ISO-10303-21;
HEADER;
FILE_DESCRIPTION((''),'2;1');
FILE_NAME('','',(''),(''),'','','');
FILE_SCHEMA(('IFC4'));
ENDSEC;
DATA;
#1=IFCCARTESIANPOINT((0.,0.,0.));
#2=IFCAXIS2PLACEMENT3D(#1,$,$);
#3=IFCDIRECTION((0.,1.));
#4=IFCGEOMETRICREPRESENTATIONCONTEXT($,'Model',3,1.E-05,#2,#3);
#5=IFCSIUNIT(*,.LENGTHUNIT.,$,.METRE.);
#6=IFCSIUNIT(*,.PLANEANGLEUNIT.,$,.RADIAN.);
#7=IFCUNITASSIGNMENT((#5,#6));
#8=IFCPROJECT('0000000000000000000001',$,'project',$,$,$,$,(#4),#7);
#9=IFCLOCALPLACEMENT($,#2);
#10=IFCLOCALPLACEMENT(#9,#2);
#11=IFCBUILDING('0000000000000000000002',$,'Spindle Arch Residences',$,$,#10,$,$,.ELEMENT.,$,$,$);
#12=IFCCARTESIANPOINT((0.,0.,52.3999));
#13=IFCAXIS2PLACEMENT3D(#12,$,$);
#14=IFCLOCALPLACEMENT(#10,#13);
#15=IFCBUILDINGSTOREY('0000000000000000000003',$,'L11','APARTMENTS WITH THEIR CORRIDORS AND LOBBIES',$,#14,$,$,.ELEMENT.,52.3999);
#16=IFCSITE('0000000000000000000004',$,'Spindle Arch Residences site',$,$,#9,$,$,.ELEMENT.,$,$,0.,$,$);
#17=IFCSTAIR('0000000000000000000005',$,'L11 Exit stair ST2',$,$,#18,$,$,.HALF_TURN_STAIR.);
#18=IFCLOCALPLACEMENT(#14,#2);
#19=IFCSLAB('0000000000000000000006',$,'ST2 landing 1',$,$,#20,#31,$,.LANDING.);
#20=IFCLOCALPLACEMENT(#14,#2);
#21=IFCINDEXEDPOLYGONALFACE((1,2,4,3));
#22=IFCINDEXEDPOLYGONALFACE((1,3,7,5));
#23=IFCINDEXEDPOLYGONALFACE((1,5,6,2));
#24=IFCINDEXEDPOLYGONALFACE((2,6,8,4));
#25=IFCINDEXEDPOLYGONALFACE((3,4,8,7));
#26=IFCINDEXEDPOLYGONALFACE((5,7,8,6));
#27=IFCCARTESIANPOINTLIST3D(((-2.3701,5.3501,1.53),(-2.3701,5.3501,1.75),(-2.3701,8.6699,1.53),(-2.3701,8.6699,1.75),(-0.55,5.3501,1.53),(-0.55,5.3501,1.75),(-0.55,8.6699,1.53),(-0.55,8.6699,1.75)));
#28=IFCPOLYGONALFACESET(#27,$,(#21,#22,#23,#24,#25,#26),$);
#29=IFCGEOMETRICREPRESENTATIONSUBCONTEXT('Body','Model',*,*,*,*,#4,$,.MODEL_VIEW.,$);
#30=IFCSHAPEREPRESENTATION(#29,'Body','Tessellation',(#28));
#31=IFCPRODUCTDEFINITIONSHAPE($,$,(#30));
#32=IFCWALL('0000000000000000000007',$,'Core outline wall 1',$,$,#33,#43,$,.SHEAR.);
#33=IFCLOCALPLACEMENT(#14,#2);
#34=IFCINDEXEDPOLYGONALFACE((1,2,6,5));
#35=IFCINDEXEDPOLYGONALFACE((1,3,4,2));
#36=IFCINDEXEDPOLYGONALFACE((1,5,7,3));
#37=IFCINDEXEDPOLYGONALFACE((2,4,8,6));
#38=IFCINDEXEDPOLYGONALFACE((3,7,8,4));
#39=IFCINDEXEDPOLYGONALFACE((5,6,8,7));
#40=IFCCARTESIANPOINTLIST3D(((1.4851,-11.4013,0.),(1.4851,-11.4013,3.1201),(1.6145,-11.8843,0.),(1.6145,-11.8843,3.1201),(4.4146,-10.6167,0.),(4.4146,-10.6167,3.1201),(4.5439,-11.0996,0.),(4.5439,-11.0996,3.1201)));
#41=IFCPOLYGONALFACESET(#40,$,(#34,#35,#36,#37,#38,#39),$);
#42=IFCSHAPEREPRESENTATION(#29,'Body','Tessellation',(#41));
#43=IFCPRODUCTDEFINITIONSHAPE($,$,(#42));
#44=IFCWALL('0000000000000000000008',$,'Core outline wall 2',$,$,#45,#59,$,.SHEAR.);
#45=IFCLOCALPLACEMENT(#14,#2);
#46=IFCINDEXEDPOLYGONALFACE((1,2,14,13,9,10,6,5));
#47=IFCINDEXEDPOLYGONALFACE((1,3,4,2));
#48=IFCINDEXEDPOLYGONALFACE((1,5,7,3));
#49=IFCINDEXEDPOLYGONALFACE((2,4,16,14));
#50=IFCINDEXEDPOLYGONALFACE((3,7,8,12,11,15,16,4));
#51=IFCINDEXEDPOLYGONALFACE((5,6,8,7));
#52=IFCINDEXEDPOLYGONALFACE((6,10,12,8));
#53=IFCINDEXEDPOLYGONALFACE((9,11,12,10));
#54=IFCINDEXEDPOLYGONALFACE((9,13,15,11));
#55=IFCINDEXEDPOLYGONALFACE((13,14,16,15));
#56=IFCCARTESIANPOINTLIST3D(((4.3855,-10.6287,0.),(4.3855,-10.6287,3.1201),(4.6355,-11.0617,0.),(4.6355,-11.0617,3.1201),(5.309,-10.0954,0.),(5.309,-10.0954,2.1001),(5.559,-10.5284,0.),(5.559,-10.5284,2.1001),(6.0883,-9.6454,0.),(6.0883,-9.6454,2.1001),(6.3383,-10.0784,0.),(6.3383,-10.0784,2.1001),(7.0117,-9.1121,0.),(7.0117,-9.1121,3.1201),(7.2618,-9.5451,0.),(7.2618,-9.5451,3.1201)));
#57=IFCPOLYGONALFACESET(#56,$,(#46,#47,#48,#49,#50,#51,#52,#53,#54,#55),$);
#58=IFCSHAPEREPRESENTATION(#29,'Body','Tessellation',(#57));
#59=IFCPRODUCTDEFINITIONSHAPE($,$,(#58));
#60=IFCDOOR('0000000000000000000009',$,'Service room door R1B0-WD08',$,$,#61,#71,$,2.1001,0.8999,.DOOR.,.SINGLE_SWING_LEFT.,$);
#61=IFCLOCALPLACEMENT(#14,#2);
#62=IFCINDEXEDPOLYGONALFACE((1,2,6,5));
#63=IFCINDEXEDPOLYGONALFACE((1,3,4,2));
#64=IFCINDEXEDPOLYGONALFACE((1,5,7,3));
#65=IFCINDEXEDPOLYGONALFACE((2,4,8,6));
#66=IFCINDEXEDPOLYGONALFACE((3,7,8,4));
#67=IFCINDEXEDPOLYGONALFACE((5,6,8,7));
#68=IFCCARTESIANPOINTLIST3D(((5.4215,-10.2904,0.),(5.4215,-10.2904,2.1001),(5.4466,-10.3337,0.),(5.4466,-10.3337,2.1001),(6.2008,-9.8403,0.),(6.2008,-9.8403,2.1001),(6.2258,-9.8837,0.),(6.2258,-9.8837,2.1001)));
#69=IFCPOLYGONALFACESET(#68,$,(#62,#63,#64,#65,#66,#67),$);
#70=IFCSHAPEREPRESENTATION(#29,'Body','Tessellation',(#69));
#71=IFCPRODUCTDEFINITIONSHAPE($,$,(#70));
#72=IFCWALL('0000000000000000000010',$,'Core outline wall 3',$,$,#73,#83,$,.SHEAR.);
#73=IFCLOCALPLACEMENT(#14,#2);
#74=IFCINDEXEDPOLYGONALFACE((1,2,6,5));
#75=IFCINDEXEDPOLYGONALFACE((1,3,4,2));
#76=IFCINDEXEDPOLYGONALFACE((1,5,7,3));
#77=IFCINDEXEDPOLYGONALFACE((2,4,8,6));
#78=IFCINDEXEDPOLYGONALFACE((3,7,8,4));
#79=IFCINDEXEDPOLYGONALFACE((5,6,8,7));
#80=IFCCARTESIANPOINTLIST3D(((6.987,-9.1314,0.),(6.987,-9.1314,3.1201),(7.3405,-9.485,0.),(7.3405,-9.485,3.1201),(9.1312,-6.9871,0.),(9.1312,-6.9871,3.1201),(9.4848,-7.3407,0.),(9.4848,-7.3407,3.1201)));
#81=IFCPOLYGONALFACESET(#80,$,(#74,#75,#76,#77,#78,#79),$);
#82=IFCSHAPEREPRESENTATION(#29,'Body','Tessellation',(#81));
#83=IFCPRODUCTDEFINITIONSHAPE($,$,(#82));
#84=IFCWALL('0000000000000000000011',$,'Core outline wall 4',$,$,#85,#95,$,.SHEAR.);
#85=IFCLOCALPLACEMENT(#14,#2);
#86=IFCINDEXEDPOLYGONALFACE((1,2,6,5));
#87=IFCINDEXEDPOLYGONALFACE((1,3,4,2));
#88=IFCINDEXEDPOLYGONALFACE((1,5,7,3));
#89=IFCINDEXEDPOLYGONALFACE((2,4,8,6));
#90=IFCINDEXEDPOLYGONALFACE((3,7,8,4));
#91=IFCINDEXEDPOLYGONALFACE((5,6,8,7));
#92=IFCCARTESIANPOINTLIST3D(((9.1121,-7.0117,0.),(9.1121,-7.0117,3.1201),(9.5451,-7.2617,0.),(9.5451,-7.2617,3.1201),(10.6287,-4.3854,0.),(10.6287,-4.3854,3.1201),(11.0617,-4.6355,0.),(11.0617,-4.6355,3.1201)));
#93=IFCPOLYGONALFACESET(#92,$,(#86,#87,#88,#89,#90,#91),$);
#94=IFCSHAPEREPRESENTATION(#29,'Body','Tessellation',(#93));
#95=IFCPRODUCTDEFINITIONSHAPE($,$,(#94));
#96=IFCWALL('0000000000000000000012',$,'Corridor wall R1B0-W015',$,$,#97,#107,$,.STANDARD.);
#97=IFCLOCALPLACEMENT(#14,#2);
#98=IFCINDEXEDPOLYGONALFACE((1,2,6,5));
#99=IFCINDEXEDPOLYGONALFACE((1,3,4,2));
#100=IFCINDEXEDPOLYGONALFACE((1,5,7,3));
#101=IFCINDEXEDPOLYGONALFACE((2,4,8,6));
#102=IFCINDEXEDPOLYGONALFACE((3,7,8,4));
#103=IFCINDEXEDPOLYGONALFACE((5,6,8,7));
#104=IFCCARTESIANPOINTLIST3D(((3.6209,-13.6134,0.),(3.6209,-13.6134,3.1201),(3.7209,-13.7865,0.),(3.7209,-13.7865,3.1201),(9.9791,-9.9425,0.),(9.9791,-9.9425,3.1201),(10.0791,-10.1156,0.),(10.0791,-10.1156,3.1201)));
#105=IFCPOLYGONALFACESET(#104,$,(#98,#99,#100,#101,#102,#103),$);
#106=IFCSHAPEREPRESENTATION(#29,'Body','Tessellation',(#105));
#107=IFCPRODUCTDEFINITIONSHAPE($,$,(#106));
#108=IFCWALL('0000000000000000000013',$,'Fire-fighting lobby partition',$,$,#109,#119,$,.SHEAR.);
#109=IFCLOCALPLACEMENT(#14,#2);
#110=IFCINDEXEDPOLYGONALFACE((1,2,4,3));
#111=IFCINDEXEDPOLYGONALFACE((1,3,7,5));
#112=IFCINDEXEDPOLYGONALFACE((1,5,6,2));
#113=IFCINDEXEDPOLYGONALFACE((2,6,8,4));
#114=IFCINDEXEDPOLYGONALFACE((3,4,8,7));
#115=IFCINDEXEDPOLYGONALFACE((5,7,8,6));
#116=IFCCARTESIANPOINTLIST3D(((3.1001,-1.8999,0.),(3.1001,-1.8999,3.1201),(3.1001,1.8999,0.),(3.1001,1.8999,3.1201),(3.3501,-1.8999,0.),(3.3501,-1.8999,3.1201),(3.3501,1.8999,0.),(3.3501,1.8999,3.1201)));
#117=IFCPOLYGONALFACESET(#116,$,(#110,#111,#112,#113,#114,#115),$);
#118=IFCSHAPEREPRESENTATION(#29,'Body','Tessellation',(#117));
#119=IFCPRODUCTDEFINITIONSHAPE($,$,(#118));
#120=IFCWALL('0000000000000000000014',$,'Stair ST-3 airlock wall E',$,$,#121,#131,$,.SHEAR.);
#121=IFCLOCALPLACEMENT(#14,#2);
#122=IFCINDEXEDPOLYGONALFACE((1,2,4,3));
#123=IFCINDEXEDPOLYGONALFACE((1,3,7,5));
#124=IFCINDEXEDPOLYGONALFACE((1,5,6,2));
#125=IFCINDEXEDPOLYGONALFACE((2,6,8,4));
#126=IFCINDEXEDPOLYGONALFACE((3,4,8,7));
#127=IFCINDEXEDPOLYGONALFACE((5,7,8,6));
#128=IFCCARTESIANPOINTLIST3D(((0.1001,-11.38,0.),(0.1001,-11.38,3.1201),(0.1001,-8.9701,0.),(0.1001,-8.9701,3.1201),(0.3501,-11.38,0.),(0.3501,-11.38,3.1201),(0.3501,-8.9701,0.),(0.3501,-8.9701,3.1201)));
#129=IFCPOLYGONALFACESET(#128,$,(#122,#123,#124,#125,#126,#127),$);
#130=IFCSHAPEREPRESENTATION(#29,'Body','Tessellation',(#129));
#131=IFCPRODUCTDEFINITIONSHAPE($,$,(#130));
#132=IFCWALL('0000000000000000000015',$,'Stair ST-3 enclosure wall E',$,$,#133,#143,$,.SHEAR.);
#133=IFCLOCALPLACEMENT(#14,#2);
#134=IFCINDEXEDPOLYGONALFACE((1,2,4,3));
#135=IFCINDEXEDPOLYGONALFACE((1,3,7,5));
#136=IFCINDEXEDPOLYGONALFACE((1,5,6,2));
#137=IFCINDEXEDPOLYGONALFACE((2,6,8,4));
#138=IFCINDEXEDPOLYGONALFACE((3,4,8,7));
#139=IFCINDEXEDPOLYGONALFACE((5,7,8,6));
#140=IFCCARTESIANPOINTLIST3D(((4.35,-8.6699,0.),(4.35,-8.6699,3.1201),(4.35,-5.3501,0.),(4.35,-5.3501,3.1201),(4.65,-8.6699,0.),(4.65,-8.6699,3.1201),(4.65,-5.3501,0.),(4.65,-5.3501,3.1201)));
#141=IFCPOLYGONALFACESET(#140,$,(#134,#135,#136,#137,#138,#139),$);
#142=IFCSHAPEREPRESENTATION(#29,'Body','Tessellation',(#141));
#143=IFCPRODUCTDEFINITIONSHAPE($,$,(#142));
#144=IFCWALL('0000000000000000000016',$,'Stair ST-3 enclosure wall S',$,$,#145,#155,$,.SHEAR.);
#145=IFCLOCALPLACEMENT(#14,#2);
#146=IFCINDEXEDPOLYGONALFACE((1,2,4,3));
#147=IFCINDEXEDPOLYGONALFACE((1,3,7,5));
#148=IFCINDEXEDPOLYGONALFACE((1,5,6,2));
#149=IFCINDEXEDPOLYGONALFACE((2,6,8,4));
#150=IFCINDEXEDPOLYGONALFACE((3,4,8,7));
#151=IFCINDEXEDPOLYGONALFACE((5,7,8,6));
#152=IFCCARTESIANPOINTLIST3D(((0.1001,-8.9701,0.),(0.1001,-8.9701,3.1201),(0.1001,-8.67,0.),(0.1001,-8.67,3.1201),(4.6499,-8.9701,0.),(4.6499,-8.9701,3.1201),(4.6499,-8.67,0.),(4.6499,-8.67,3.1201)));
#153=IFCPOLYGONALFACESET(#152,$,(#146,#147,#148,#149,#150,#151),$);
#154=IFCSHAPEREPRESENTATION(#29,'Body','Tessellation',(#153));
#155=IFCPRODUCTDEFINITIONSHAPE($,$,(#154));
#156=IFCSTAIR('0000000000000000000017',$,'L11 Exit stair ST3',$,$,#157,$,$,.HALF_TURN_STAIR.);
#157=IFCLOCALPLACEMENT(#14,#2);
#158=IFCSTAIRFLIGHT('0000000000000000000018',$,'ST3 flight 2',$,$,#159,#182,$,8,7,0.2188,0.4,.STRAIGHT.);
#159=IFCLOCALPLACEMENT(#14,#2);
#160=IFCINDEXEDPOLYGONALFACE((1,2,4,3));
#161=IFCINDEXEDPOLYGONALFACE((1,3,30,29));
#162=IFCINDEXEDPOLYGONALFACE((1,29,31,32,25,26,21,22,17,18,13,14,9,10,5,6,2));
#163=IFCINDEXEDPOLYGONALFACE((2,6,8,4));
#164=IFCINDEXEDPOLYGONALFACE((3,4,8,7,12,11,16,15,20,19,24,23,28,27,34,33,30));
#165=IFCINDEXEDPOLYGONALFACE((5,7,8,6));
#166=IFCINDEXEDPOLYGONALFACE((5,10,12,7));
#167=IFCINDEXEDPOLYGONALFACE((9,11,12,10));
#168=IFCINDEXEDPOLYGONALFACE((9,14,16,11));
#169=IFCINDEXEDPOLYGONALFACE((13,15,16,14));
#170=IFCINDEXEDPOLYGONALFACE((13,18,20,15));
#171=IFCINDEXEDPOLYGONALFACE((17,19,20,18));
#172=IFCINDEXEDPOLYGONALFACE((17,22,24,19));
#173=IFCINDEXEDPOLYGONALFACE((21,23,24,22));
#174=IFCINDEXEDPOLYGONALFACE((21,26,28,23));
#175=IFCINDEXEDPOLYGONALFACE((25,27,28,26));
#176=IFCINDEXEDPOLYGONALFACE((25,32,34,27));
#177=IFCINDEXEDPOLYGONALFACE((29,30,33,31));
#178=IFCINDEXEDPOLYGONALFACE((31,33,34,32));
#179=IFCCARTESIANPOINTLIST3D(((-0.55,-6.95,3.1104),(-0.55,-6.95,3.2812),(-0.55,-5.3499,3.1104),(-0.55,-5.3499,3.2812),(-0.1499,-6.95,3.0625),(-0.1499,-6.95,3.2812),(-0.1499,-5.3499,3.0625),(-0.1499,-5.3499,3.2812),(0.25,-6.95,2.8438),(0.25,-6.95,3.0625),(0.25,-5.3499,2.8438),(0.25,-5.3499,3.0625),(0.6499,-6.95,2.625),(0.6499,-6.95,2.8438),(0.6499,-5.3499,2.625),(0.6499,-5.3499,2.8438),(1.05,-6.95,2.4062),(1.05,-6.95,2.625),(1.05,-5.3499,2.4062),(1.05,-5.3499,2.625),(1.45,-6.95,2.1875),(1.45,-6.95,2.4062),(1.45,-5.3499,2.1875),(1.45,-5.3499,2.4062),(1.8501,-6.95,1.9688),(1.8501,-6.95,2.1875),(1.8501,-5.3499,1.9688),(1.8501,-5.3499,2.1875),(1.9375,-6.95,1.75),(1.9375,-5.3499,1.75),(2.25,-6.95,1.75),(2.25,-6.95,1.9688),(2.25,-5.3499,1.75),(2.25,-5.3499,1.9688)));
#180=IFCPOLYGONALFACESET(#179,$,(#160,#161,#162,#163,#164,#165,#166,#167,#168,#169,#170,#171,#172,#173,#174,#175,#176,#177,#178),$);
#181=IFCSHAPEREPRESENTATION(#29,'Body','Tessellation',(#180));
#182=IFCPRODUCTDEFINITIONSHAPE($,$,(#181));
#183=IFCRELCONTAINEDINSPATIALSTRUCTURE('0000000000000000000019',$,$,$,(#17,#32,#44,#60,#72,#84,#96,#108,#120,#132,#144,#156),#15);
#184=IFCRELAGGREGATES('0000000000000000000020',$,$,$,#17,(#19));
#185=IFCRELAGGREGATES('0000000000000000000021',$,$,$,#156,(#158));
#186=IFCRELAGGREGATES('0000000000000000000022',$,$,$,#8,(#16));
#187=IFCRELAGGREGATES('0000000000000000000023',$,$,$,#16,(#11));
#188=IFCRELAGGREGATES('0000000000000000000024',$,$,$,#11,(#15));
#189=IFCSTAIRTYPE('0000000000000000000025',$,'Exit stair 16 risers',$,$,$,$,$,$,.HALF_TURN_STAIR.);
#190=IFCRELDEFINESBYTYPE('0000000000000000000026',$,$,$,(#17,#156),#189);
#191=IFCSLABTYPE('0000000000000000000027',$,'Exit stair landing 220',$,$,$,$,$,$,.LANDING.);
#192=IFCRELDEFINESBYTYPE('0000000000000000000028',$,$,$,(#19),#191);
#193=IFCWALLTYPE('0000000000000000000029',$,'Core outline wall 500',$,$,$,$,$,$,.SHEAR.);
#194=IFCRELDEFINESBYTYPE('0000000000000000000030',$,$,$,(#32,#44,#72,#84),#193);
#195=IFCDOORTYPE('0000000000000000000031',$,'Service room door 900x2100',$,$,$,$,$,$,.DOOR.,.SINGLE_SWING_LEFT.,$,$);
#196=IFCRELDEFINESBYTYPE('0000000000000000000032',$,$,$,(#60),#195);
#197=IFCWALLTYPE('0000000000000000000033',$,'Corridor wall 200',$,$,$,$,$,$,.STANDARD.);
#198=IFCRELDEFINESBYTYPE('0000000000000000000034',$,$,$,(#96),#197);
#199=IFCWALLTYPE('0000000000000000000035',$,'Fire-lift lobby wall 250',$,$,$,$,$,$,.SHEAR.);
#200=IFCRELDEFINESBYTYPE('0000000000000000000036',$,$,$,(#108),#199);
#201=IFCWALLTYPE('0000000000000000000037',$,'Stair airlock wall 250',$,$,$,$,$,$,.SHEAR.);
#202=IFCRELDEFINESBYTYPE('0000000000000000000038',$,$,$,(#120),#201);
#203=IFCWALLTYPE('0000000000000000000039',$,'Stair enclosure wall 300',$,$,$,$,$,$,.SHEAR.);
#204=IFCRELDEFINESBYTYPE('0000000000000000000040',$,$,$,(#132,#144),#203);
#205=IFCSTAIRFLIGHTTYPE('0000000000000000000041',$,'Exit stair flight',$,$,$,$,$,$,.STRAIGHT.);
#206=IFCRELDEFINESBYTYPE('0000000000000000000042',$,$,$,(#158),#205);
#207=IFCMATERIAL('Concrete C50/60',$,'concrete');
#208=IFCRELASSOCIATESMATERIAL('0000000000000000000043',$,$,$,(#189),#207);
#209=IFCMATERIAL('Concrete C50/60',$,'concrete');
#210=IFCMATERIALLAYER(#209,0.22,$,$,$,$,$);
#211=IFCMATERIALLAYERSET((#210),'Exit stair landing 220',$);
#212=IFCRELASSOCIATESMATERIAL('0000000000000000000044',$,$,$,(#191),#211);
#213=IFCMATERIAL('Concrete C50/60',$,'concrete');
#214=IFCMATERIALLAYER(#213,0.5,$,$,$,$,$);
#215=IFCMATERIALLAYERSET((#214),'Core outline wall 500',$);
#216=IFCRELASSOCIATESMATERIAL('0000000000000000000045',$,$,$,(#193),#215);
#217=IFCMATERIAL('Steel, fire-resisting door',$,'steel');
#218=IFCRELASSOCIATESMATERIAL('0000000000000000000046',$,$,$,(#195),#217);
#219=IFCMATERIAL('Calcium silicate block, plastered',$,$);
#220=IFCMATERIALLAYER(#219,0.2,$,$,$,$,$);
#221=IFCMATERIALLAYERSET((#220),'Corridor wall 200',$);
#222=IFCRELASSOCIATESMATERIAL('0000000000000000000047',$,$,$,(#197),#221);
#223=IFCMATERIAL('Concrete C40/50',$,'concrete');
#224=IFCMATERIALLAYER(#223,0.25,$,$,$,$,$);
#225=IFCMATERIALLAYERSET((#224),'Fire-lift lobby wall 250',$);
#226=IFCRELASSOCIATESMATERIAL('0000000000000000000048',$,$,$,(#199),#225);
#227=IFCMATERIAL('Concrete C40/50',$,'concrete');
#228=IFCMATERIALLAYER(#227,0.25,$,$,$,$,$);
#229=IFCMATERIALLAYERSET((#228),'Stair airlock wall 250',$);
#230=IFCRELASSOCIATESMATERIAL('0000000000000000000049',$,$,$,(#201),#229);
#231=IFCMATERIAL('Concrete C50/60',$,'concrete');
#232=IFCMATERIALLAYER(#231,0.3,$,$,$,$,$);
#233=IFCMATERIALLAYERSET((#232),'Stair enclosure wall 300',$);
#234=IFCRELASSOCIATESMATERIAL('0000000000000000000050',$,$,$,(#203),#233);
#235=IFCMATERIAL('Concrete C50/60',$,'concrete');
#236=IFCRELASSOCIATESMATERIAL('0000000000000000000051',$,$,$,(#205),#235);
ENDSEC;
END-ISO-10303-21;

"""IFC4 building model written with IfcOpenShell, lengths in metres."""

from ifc_helpers import new_model, si_unit, direction, frame, frame_2d, origin, place, context, subcontext, project, spatial, polyline, rectangle, outline, extrude, material, layer, layer_set, type_object, element, fill, aggregate, save


model = new_model("IFC4")

# Units and contexts
model_context = context("Model", 3, precision=1e-05, world=origin(), true_north=direction((0.0, 1.0)))
body_context = subcontext(model_context, "Body", "Model", "MODEL_VIEW")
ifc_project = project(units=[si_unit("LENGTHUNIT", "METRE"), si_unit("PLANEANGLEUNIT", "RADIAN")], contexts=[model_context])

# Site, building, storey
site_placement = place(None, origin())
site = spatial("IfcSite", under=ifc_project, at=site_placement, Name="Spindle Arch Residences site", CompositionType="ELEMENT", RefElevation=0.0)
building_placement = place(site_placement, origin())
building = spatial("IfcBuilding", under=site, at=building_placement, Name="Spindle Arch Residences", CompositionType="ELEMENT")
storey_placement = place(building_placement, frame((0.0, 0.0, 52.3999)))
storey = spatial("IfcBuildingStorey", under=building, at=storey_placement, Name="L11", Description="APARTMENTS WITH THEIR CORRIDORS AND LOBBIES", CompositionType="ELEMENT", Elevation=52.3999)

# Stair, slab
ifc_material_1 = material(Name="Concrete C50/60", Category="concrete")
stair_type = type_object("IfcStairType", Name="Exit stair 16 risers", PredefinedType="HALF_TURN_STAIR", material=ifc_material_1)
stair_1_placement = place(storey_placement, origin())
stair_1 = element("IfcStair", 1, at=stair_1_placement, inside=storey, type_object=stair_type, Name="L11 Exit stair ST2", PredefinedType="HALF_TURN_STAIR")
ifc_material_2 = material(Name="Concrete C50/60", Category="concrete")
ifc_layer_1 = layer(ifc_material_2, 0.22)
ifc_layer_set_1 = layer_set([ifc_layer_1], Name="Exit stair landing 220")
slab_type = type_object("IfcSlabType", Name="Exit stair landing 220", PredefinedType="LANDING", material=ifc_layer_set_1)
slab_placement = place(storey_placement, frame((0.0, 0.0, 1.53)))
slab = element("IfcSlab", 2, at=slab_placement, type_object=slab_type, Name="ST2 landing 1", PredefinedType="LANDING", context=body_context, shape_type="SweptSolid", body=[
    extrude(outline(polyline([(-2.3701, 5.3501), (-0.55, 5.3501), (-0.55, 8.6699), (-2.3701, 8.6699), (-2.3701, 5.3501)])), origin(), (0.0, 0.0, 1.0), 0.22),
])
aggregate(stair_1, [slab])

# Wall
ifc_material_3 = material(Name="Concrete C50/60", Category="concrete")
ifc_layer_2 = layer(ifc_material_3, 0.5)
ifc_layer_set_2 = layer_set([ifc_layer_2], Name="Core outline wall 500")
wall_type_1 = type_object("IfcWallType", Name="Core outline wall 500", PredefinedType="SHEAR", material=ifc_layer_set_2)
wall_1_placement = place(storey_placement, frame((1.5498, -11.6428, 0.0), z_axis=(0.0, 0.0, 1.0), x_axis=(0.965948, 0.258735, 0.0)))
element("IfcWall", 3, at=wall_1_placement, inside=storey, type_object=wall_type_1, Name="Core outline wall 1", PredefinedType="SHEAR", context=body_context, shape_type="SweptSolid", body=[
    extrude(rectangle(XDim=3.0327, YDim=0.5, at=frame_2d((1.5164, 0.0))), origin(), (0.0, 0.0, 1.0), 3.1201),
])

# Wall, opening, door
wall_2_placement = place(storey_placement, frame((4.5105, -10.8452, 0.0), z_axis=(0.0, 0.0, 1.0), x_axis=(0.865975, 0.500087, 0.0)))
wall_2 = element("IfcWall", 4, at=wall_2_placement, inside=storey, type_object=wall_type_1, Name="Core outline wall 2", PredefinedType="SHEAR", context=body_context, shape_type="SweptSolid", body=[
    extrude(rectangle(XDim=3.0327, YDim=0.5, at=frame_2d((1.5164, 0.0))), origin(), (0.0, 0.0, 1.0), 3.1201),
])
opening_1_placement = place(wall_2_placement, frame((1.0664, 0.0, 0.0)))
opening_1 = element("IfcOpeningElement", 5, at=opening_1_placement, cuts=wall_2, PredefinedType="OPENING", context=body_context, shape_type="SweptSolid", body=[
    extrude(rectangle(XDim=0.8999, YDim=2.1001, at=frame_2d((0.45, 1.05))), frame((0.0, 0.26, 0.0), z_axis=(0.0, -1.0, 0.0), x_axis=(1.0, 0.0, 0.0)), (0.0, 0.0, 1.0), 0.52),
])
ifc_material_4 = material(Name="Steel, fire-resisting door", Category="steel")
door_type_1 = type_object("IfcDoorType", Name="Service room door 900x2100", OperationType="SINGLE_SWING_LEFT", PredefinedType="DOOR", material=ifc_material_4)
door_1_placement = place(opening_1_placement, origin())
door_1 = element("IfcDoor", 6, at=door_1_placement, inside=storey, type_object=door_type_1, Name="Service room door R1B0-WD08", OperationType="SINGLE_SWING_LEFT", OverallHeight=2.1001, OverallWidth=0.8999, PredefinedType="DOOR", context=body_context, shape_type="SweptSolid", body=[
    extrude(rectangle(XDim=0.8999, YDim=2.1001, at=frame_2d((0.45, 1.05))), frame((0.0, 0.0249, 0.0), z_axis=(0.0, -1.0, 0.0), x_axis=(1.0, 0.0, 0.0)), (0.0, 0.0, 1.0), 0.05),
])
fill(opening_1, door_1)

# Walls
wall_3_placement = place(storey_placement, frame((7.1638, -9.3081, 0.0), z_axis=(0.0, 0.0, 1.0), x_axis=(0.707107, 0.707107, 0.0)))
element("IfcWall", 7, at=wall_3_placement, inside=storey, type_object=wall_type_1, Name="Core outline wall 3", PredefinedType="SHEAR", context=body_context, shape_type="SweptSolid", body=[
    extrude(rectangle(XDim=3.0325, YDim=0.5, at=frame_2d((1.5161, 0.0))), origin(), (0.0, 0.0, 1.0), 3.1201),
])
wall_4_placement = place(storey_placement, frame((9.3286, -7.1367, 0.0), z_axis=(0.0, 0.0, 1.0), x_axis=(0.500087, 0.865975, 0.0)))
element("IfcWall", 8, at=wall_4_placement, inside=storey, type_object=wall_type_1, Name="Core outline wall 4", PredefinedType="SHEAR", context=body_context, shape_type="SweptSolid", body=[
    extrude(rectangle(XDim=3.0327, YDim=0.5, at=frame_2d((1.5164, 0.0))), origin(), (0.0, 0.0, 1.0), 3.1201),
])
ifc_material_5 = material(Name="Calcium silicate block, plastered")
ifc_layer_3 = layer(ifc_material_5, 0.2)
ifc_layer_set_3 = layer_set([ifc_layer_3], Name="Corridor wall 200")
wall_type_2 = type_object("IfcWallType", Name="Corridor wall 200", PredefinedType="STANDARD", material=ifc_layer_set_3)
wall_5_placement = place(storey_placement, frame((3.6709, -13.7, 0.0), z_axis=(0.0, 0.0, 1.0), x_axis=(0.866024, 0.500002, 0.0)))
element("IfcWall", 9, at=wall_5_placement, inside=storey, type_object=wall_type_2, Name="Corridor wall R1B0-W015", PredefinedType="STANDARD", context=body_context, shape_type="SweptSolid", body=[
    extrude(rectangle(XDim=7.3418, YDim=0.2, at=frame_2d((3.6709, 0.0))), origin(), (0.0, 0.0, 1.0), 3.1201),
])
ifc_material_6 = material(Name="Concrete C40/50", Category="concrete")
ifc_layer_4 = layer(ifc_material_6, 0.25)
ifc_layer_set_4 = layer_set([ifc_layer_4], Name="Fire-lift lobby wall 250")
wall_type_3 = type_object("IfcWallType", Name="Fire-lift lobby wall 250", PredefinedType="SHEAR", material=ifc_layer_set_4)
wall_6_placement = place(storey_placement, frame((3.2251, -1.8999, 0.0), z_axis=(0.0, 0.0, 1.0), x_axis=(0.0, 1.0, 0.0)))
element("IfcWall", 10, at=wall_6_placement, inside=storey, type_object=wall_type_3, Name="Fire-fighting lobby partition", PredefinedType="SHEAR", context=body_context, shape_type="SweptSolid", body=[
    extrude(rectangle(XDim=3.7998, YDim=0.25, at=frame_2d((1.8999, 0.0))), origin(), (0.0, 0.0, 1.0), 3.1201),
])

# Walls
ifc_material_7 = material(Name="Concrete C40/50", Category="concrete")
ifc_layer_5 = layer(ifc_material_7, 0.25)
ifc_layer_set_5 = layer_set([ifc_layer_5], Name="Stair airlock wall 250")
wall_type_4 = type_object("IfcWallType", Name="Stair airlock wall 250", PredefinedType="SHEAR", material=ifc_layer_set_5)
wall_7_placement = place(storey_placement, frame((0.2251, -8.97, 0.0), z_axis=(0.0, 0.0, 1.0), x_axis=(0.0, -1.0, 0.0)))
element("IfcWall", 11, at=wall_7_placement, inside=storey, type_object=wall_type_4, Name="Stair ST-3 airlock wall E", PredefinedType="SHEAR", context=body_context, shape_type="SweptSolid", body=[
    extrude(rectangle(XDim=2.4099, YDim=0.25, at=frame_2d((1.2051, 0.0))), origin(), (0.0, 0.0, 1.0), 3.1201),
])
ifc_material_8 = material(Name="Concrete C50/60", Category="concrete")
ifc_layer_6 = layer(ifc_material_8, 0.3)
ifc_layer_set_6 = layer_set([ifc_layer_6], Name="Stair enclosure wall 300")
wall_type_5 = type_object("IfcWallType", Name="Stair enclosure wall 300", PredefinedType="SHEAR", material=ifc_layer_set_6)
wall_8_placement = place(storey_placement, frame((4.5, -8.6699, 0.0), z_axis=(0.0, 0.0, 1.0), x_axis=(0.0, 1.0, 0.0)))
element("IfcWall", 12, at=wall_8_placement, inside=storey, type_object=wall_type_5, Name="Stair ST-3 enclosure wall E", PredefinedType="SHEAR", context=body_context, shape_type="SweptSolid", body=[
    extrude(rectangle(XDim=3.3198, YDim=0.3, at=frame_2d((1.6599, 0.0))), origin(), (0.0, 0.0, 1.0), 3.1201),
])
wall_9_placement = place(storey_placement, frame((0.1001, -8.8201, 0.0), z_axis=(0.0, 0.0, 1.0), x_axis=(1.0, 0.0, 0.0)))
element("IfcWall", 13, at=wall_9_placement, inside=storey, type_object=wall_type_5, Name="Stair ST-3 enclosure wall S", PredefinedType="SHEAR", context=body_context, shape_type="SweptSolid", body=[
    extrude(rectangle(XDim=4.5498, YDim=0.3, at=frame_2d((2.2749, 0.0))), origin(), (0.0, 0.0, 1.0), 3.1201),
])

# Stair, stair flight
stair_2_placement = place(storey_placement, origin())
stair_2 = element("IfcStair", 14, at=stair_2_placement, inside=storey, type_object=stair_type, Name="L11 Exit stair ST3", PredefinedType="HALF_TURN_STAIR")
ifc_material_9 = material(Name="Concrete C50/60", Category="concrete")
stair_flight_type = type_object("IfcStairFlightType", Name="Exit stair flight", PredefinedType="STRAIGHT", material=ifc_material_9)
stair_flight_placement = place(storey_placement, frame((2.25, -6.1499, 1.75), z_axis=(0.0, 0.0, 1.0), x_axis=(-1.0, 0.0, 0.0)))
stair_flight = element("IfcStairFlight", 15, at=stair_flight_placement, type_object=stair_flight_type, Name="ST3 flight 2", NumberOfRisers=8, NumberOfTreads=7, PredefinedType="STRAIGHT", RiserHeight=0.2188, TreadLength=0.4, context=body_context, shape_type="SweptSolid", body=[
    extrude(outline(polyline([(0.0, 0.0), (0.0, 0.2188), (0.3999, 0.2188), (0.3999, 0.4375), (0.8, 0.4375), (0.8, 0.6562), (1.2, 0.6562), (1.2, 0.875), (1.6001, 0.875), (1.6001, 1.0938), (2.0, 1.0938), (2.0, 1.3125), (2.3999, 1.3125), (2.3999, 1.5312), (2.8, 1.5312), (2.8, 1.75), (2.8, 1.3604), (0.3125, 0.0), (0.0, 0.0)])), frame((0.0, 0.8, 0.0), z_axis=(0.0, -1.0, 0.0), x_axis=(1.0, 0.0, 0.0)), (0.0, 0.0, 1.0), 1.6001),
])
aggregate(stair_2, [stair_flight])

save(model, "model.ifc")
